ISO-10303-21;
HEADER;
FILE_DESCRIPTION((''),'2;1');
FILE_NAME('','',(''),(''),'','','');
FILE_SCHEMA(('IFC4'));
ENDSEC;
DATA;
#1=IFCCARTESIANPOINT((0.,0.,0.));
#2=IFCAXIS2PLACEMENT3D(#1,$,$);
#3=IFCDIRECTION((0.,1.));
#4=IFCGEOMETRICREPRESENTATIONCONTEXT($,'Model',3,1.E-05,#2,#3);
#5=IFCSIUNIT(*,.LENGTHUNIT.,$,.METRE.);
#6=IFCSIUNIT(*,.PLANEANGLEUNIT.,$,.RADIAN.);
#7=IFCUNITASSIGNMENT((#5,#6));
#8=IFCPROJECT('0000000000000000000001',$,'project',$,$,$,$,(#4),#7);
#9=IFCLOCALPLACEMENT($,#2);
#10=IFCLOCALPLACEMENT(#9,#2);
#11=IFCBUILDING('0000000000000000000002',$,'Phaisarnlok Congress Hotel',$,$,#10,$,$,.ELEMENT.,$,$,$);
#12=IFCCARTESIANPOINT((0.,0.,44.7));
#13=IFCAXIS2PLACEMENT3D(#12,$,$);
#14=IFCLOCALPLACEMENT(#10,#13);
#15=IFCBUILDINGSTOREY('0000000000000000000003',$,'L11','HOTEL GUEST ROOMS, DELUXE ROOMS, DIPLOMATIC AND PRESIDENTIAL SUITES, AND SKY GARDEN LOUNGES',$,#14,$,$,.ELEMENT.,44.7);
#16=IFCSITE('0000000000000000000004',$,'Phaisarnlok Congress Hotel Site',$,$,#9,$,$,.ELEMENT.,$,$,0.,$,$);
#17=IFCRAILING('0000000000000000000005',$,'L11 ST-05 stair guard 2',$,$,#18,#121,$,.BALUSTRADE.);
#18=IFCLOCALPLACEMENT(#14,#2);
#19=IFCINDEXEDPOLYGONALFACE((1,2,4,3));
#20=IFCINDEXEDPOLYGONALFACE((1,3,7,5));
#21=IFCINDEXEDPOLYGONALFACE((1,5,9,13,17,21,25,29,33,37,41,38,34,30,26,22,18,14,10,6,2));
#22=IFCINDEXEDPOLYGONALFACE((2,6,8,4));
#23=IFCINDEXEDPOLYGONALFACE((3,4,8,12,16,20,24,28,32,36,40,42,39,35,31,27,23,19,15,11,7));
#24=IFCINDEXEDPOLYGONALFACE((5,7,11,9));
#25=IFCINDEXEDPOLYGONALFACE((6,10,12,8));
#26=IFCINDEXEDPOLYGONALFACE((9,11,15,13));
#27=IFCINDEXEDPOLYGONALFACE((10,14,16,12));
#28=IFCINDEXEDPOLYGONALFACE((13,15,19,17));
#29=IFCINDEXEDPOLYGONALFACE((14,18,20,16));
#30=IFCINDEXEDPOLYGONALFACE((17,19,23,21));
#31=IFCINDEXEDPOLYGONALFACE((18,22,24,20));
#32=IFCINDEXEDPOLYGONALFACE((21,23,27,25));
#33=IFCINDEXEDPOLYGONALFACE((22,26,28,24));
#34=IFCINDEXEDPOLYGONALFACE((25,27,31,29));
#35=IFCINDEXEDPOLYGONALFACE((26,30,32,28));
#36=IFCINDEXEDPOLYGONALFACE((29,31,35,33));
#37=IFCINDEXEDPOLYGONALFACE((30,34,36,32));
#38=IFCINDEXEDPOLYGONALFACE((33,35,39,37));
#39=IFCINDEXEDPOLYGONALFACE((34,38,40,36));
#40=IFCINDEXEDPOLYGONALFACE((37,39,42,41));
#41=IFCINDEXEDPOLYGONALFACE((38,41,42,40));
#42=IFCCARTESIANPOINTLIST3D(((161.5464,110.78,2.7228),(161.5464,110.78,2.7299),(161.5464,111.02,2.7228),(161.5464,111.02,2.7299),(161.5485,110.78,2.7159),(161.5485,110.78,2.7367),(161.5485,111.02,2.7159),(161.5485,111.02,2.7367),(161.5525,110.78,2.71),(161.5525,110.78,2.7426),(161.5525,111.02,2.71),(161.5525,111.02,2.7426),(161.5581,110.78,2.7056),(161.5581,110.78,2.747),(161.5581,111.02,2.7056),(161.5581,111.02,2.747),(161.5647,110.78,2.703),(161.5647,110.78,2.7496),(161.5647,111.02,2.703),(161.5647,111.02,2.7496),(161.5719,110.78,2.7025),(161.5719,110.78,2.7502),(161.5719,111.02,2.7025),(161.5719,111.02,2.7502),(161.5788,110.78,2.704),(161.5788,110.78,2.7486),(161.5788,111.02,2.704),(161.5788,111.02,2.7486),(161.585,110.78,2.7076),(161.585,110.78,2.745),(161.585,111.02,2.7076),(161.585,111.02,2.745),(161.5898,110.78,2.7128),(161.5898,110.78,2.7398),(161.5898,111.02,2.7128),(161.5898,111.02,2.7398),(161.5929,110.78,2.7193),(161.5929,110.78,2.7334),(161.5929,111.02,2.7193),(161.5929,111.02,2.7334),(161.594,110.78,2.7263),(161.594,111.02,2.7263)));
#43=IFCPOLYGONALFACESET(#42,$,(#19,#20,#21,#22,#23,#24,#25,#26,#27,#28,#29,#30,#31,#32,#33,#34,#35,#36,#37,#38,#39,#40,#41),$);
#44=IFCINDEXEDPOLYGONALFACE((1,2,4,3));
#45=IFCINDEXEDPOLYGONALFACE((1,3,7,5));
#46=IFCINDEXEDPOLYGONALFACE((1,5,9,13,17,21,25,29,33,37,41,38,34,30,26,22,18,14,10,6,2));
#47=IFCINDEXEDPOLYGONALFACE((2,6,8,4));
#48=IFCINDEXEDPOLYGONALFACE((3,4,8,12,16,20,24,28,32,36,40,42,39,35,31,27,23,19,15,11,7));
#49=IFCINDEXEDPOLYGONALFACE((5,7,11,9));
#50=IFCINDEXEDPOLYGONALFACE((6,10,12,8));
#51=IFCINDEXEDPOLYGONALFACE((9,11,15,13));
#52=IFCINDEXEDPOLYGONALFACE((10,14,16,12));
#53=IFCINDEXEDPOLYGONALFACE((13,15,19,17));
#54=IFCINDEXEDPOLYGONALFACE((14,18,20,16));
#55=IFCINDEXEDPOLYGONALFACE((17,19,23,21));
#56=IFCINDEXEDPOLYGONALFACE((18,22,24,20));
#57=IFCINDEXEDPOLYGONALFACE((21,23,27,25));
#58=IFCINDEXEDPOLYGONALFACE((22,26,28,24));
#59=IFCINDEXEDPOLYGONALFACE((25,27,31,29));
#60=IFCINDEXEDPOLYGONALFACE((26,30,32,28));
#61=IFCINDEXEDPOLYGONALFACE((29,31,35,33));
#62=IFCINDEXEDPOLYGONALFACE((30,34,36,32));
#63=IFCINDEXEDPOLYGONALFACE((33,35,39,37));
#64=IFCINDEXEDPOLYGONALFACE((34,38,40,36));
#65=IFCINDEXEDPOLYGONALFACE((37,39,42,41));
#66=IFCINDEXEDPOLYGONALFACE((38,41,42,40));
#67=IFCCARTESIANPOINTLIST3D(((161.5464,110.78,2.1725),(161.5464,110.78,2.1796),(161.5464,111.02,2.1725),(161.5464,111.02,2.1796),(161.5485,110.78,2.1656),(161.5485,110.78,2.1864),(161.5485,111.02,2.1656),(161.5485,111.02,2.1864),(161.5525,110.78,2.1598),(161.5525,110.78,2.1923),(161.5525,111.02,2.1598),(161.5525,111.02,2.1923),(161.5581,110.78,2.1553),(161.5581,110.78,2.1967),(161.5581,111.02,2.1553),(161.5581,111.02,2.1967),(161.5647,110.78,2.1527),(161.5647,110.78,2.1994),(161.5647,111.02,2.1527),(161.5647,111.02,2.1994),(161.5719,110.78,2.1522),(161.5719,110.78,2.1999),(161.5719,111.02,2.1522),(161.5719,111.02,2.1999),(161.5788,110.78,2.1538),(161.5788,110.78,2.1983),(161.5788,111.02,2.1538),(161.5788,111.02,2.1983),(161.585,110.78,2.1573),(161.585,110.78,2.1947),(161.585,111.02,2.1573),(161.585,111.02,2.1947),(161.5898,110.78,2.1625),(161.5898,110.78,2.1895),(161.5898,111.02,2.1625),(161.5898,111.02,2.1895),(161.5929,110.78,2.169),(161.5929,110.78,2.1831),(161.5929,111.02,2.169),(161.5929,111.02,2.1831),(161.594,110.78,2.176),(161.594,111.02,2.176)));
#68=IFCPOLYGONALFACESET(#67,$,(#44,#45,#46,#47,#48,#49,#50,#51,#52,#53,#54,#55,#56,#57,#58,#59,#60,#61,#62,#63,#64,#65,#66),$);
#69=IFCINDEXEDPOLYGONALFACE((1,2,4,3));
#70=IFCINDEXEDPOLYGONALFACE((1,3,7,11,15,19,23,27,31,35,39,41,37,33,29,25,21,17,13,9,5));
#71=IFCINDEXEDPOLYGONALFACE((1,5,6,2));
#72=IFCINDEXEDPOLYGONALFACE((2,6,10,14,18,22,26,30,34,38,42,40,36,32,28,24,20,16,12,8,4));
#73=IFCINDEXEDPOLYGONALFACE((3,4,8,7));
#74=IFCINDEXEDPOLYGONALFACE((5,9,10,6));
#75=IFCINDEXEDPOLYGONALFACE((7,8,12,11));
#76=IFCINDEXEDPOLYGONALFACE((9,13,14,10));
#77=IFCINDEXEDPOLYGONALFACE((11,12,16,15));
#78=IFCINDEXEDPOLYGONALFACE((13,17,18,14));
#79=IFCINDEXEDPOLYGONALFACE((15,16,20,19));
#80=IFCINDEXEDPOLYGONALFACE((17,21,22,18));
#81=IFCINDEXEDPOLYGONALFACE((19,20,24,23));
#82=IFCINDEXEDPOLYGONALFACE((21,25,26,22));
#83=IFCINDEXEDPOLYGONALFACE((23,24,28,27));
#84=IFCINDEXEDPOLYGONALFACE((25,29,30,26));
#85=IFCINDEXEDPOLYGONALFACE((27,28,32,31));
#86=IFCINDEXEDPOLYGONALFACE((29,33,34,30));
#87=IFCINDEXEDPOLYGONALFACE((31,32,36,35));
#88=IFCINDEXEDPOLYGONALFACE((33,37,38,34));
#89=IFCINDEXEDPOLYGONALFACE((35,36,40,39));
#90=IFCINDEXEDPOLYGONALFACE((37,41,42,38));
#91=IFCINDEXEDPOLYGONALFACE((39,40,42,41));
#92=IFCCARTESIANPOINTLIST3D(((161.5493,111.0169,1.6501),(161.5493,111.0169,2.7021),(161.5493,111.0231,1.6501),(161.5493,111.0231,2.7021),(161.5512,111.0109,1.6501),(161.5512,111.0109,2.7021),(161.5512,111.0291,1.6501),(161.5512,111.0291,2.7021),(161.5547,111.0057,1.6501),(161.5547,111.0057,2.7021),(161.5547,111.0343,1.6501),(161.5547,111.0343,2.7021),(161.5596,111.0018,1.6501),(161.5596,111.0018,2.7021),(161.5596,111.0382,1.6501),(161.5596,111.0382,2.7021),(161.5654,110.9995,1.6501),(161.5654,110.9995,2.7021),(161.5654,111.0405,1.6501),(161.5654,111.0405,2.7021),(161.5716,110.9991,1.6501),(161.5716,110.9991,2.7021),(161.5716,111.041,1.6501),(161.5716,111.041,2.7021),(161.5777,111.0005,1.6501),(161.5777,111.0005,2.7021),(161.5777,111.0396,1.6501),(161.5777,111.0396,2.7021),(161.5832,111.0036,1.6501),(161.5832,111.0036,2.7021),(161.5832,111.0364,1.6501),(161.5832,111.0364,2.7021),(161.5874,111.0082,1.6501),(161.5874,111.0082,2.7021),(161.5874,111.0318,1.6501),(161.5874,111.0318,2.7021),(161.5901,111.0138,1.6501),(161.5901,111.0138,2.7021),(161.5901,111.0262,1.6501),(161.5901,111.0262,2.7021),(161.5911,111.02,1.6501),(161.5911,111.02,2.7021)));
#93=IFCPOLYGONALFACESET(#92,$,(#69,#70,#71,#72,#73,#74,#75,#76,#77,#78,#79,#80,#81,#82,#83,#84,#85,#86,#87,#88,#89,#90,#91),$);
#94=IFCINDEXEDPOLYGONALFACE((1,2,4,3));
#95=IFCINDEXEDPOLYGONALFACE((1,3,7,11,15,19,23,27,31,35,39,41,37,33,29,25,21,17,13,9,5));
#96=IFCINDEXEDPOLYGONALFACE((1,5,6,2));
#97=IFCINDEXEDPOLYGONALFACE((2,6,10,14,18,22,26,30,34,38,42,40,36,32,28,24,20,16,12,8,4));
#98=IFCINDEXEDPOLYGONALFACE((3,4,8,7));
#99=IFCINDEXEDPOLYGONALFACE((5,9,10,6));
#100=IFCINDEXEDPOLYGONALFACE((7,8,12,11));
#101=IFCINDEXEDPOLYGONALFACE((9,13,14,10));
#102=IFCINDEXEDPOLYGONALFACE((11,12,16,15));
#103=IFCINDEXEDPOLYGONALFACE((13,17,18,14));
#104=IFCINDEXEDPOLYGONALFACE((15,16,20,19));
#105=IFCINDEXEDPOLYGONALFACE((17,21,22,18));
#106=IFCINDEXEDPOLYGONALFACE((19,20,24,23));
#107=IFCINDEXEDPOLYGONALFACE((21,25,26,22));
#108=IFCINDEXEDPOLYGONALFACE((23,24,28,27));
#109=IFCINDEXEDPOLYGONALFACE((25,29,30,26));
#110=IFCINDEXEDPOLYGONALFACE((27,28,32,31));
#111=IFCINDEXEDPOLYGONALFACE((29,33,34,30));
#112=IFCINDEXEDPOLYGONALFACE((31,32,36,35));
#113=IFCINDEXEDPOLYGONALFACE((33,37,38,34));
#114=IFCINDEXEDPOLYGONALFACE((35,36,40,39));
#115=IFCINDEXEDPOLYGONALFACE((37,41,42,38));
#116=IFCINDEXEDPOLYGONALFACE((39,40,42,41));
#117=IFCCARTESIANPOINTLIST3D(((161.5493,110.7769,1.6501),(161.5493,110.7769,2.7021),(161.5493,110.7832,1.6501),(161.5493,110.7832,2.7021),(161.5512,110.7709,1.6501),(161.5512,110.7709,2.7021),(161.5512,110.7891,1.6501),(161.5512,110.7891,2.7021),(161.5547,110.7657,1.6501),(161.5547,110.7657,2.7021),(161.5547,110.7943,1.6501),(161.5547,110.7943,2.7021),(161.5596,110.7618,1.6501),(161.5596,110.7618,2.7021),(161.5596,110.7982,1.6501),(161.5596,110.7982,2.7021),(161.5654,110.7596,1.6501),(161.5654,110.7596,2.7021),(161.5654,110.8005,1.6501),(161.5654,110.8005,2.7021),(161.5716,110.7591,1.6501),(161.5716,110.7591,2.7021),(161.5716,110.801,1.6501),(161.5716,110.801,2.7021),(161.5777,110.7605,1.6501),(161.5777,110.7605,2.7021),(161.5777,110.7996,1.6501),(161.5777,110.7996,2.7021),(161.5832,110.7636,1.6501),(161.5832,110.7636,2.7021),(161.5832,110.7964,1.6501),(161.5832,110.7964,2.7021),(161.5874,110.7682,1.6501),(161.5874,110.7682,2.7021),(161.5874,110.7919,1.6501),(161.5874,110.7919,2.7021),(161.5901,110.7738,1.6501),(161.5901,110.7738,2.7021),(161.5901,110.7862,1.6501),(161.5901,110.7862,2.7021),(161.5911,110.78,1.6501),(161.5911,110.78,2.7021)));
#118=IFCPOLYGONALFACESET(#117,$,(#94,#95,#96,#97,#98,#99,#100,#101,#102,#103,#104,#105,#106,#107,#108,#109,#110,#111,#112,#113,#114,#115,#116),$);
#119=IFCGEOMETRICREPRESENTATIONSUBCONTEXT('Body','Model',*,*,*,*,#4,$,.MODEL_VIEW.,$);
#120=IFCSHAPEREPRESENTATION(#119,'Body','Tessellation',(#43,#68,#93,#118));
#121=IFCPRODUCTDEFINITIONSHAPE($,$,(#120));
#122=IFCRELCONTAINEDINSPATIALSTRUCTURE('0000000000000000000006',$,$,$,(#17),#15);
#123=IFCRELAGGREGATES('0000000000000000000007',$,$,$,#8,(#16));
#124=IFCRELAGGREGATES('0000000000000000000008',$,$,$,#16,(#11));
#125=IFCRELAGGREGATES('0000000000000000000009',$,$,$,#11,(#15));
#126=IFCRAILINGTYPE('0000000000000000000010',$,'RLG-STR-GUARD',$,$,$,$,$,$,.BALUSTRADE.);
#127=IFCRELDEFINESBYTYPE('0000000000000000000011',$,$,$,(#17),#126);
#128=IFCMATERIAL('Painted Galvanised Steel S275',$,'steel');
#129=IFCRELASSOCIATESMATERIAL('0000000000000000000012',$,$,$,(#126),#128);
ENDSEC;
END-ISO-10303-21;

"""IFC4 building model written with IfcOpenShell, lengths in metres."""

from ifc_helpers import new_model, si_unit, direction, frame, origin, origin_2d, place, context, subcontext, project, spatial, circle, extrude, material, type_object, element, save


model = new_model("IFC4")

# Units and contexts
model_context = context("Model", 3, precision=1e-05, world=origin(), true_north=direction((0.0, 1.0)))
body_context = subcontext(model_context, "Body", "Model", "MODEL_VIEW")
ifc_project = project(units=[si_unit("LENGTHUNIT", "METRE"), si_unit("PLANEANGLEUNIT", "RADIAN")], contexts=[model_context])

# Site, building, storey
site_placement = place(None, origin())
site = spatial("IfcSite", under=ifc_project, at=site_placement, Name="Phaisarnlok Congress Hotel Site", CompositionType="ELEMENT", RefElevation=0.0)
building_placement = place(site_placement, origin())
building = spatial("IfcBuilding", under=site, at=building_placement, Name="Phaisarnlok Congress Hotel", CompositionType="ELEMENT")
storey_placement = place(building_placement, frame((0.0, 0.0, 44.7)))
storey = spatial("IfcBuildingStorey", under=building, at=storey_placement, Name="L11", Description="HOTEL GUEST ROOMS, DELUXE ROOMS, DIPLOMATIC AND PRESIDENTIAL SUITES, AND SKY GARDEN LOUNGES", CompositionType="ELEMENT", Elevation=44.7)

# Railing
ifc_material_1 = material(Name="Painted Galvanised Steel S275", Category="steel")
railing_type = type_object("IfcRailingType", Name="RLG-STR-GUARD", PredefinedType="BALUSTRADE", material=ifc_material_1)
railing_1_placement = place(storey_placement, frame((161.5701, 111.02, 1.6501)))
element("IfcRailing", 1, at=railing_1_placement, inside=storey, type_object=railing_type, Name="L11 ST-05 stair guard 2", PredefinedType="BALUSTRADE", context=body_context, shape_type="SweptSolid", body=[
    extrude(circle(Radius=0.0239, at=origin_2d()), frame((0.0, 0.0, 1.0762), z_axis=(0.0, -1.0, 0.0), x_axis=(1.0, 0.0, 0.0)), (0.0, 0.0, 1.0), 0.24),
    extrude(circle(Radius=0.0239, at=origin_2d()), frame((0.0, 0.0, 0.5259), z_axis=(0.0, -1.0, 0.0), x_axis=(1.0, 0.0, 0.0)), (0.0, 0.0, 1.0), 0.24),
    extrude(circle(Radius=0.021, at=origin_2d()), origin(), (0.0, 0.0, 1.0), 1.052),
    extrude(circle(Radius=0.021, at=origin_2d()), frame((0.0, -0.24, 0.0)), (0.0, 0.0, 1.0), 1.052),
])

save(model, "model.ifc")
